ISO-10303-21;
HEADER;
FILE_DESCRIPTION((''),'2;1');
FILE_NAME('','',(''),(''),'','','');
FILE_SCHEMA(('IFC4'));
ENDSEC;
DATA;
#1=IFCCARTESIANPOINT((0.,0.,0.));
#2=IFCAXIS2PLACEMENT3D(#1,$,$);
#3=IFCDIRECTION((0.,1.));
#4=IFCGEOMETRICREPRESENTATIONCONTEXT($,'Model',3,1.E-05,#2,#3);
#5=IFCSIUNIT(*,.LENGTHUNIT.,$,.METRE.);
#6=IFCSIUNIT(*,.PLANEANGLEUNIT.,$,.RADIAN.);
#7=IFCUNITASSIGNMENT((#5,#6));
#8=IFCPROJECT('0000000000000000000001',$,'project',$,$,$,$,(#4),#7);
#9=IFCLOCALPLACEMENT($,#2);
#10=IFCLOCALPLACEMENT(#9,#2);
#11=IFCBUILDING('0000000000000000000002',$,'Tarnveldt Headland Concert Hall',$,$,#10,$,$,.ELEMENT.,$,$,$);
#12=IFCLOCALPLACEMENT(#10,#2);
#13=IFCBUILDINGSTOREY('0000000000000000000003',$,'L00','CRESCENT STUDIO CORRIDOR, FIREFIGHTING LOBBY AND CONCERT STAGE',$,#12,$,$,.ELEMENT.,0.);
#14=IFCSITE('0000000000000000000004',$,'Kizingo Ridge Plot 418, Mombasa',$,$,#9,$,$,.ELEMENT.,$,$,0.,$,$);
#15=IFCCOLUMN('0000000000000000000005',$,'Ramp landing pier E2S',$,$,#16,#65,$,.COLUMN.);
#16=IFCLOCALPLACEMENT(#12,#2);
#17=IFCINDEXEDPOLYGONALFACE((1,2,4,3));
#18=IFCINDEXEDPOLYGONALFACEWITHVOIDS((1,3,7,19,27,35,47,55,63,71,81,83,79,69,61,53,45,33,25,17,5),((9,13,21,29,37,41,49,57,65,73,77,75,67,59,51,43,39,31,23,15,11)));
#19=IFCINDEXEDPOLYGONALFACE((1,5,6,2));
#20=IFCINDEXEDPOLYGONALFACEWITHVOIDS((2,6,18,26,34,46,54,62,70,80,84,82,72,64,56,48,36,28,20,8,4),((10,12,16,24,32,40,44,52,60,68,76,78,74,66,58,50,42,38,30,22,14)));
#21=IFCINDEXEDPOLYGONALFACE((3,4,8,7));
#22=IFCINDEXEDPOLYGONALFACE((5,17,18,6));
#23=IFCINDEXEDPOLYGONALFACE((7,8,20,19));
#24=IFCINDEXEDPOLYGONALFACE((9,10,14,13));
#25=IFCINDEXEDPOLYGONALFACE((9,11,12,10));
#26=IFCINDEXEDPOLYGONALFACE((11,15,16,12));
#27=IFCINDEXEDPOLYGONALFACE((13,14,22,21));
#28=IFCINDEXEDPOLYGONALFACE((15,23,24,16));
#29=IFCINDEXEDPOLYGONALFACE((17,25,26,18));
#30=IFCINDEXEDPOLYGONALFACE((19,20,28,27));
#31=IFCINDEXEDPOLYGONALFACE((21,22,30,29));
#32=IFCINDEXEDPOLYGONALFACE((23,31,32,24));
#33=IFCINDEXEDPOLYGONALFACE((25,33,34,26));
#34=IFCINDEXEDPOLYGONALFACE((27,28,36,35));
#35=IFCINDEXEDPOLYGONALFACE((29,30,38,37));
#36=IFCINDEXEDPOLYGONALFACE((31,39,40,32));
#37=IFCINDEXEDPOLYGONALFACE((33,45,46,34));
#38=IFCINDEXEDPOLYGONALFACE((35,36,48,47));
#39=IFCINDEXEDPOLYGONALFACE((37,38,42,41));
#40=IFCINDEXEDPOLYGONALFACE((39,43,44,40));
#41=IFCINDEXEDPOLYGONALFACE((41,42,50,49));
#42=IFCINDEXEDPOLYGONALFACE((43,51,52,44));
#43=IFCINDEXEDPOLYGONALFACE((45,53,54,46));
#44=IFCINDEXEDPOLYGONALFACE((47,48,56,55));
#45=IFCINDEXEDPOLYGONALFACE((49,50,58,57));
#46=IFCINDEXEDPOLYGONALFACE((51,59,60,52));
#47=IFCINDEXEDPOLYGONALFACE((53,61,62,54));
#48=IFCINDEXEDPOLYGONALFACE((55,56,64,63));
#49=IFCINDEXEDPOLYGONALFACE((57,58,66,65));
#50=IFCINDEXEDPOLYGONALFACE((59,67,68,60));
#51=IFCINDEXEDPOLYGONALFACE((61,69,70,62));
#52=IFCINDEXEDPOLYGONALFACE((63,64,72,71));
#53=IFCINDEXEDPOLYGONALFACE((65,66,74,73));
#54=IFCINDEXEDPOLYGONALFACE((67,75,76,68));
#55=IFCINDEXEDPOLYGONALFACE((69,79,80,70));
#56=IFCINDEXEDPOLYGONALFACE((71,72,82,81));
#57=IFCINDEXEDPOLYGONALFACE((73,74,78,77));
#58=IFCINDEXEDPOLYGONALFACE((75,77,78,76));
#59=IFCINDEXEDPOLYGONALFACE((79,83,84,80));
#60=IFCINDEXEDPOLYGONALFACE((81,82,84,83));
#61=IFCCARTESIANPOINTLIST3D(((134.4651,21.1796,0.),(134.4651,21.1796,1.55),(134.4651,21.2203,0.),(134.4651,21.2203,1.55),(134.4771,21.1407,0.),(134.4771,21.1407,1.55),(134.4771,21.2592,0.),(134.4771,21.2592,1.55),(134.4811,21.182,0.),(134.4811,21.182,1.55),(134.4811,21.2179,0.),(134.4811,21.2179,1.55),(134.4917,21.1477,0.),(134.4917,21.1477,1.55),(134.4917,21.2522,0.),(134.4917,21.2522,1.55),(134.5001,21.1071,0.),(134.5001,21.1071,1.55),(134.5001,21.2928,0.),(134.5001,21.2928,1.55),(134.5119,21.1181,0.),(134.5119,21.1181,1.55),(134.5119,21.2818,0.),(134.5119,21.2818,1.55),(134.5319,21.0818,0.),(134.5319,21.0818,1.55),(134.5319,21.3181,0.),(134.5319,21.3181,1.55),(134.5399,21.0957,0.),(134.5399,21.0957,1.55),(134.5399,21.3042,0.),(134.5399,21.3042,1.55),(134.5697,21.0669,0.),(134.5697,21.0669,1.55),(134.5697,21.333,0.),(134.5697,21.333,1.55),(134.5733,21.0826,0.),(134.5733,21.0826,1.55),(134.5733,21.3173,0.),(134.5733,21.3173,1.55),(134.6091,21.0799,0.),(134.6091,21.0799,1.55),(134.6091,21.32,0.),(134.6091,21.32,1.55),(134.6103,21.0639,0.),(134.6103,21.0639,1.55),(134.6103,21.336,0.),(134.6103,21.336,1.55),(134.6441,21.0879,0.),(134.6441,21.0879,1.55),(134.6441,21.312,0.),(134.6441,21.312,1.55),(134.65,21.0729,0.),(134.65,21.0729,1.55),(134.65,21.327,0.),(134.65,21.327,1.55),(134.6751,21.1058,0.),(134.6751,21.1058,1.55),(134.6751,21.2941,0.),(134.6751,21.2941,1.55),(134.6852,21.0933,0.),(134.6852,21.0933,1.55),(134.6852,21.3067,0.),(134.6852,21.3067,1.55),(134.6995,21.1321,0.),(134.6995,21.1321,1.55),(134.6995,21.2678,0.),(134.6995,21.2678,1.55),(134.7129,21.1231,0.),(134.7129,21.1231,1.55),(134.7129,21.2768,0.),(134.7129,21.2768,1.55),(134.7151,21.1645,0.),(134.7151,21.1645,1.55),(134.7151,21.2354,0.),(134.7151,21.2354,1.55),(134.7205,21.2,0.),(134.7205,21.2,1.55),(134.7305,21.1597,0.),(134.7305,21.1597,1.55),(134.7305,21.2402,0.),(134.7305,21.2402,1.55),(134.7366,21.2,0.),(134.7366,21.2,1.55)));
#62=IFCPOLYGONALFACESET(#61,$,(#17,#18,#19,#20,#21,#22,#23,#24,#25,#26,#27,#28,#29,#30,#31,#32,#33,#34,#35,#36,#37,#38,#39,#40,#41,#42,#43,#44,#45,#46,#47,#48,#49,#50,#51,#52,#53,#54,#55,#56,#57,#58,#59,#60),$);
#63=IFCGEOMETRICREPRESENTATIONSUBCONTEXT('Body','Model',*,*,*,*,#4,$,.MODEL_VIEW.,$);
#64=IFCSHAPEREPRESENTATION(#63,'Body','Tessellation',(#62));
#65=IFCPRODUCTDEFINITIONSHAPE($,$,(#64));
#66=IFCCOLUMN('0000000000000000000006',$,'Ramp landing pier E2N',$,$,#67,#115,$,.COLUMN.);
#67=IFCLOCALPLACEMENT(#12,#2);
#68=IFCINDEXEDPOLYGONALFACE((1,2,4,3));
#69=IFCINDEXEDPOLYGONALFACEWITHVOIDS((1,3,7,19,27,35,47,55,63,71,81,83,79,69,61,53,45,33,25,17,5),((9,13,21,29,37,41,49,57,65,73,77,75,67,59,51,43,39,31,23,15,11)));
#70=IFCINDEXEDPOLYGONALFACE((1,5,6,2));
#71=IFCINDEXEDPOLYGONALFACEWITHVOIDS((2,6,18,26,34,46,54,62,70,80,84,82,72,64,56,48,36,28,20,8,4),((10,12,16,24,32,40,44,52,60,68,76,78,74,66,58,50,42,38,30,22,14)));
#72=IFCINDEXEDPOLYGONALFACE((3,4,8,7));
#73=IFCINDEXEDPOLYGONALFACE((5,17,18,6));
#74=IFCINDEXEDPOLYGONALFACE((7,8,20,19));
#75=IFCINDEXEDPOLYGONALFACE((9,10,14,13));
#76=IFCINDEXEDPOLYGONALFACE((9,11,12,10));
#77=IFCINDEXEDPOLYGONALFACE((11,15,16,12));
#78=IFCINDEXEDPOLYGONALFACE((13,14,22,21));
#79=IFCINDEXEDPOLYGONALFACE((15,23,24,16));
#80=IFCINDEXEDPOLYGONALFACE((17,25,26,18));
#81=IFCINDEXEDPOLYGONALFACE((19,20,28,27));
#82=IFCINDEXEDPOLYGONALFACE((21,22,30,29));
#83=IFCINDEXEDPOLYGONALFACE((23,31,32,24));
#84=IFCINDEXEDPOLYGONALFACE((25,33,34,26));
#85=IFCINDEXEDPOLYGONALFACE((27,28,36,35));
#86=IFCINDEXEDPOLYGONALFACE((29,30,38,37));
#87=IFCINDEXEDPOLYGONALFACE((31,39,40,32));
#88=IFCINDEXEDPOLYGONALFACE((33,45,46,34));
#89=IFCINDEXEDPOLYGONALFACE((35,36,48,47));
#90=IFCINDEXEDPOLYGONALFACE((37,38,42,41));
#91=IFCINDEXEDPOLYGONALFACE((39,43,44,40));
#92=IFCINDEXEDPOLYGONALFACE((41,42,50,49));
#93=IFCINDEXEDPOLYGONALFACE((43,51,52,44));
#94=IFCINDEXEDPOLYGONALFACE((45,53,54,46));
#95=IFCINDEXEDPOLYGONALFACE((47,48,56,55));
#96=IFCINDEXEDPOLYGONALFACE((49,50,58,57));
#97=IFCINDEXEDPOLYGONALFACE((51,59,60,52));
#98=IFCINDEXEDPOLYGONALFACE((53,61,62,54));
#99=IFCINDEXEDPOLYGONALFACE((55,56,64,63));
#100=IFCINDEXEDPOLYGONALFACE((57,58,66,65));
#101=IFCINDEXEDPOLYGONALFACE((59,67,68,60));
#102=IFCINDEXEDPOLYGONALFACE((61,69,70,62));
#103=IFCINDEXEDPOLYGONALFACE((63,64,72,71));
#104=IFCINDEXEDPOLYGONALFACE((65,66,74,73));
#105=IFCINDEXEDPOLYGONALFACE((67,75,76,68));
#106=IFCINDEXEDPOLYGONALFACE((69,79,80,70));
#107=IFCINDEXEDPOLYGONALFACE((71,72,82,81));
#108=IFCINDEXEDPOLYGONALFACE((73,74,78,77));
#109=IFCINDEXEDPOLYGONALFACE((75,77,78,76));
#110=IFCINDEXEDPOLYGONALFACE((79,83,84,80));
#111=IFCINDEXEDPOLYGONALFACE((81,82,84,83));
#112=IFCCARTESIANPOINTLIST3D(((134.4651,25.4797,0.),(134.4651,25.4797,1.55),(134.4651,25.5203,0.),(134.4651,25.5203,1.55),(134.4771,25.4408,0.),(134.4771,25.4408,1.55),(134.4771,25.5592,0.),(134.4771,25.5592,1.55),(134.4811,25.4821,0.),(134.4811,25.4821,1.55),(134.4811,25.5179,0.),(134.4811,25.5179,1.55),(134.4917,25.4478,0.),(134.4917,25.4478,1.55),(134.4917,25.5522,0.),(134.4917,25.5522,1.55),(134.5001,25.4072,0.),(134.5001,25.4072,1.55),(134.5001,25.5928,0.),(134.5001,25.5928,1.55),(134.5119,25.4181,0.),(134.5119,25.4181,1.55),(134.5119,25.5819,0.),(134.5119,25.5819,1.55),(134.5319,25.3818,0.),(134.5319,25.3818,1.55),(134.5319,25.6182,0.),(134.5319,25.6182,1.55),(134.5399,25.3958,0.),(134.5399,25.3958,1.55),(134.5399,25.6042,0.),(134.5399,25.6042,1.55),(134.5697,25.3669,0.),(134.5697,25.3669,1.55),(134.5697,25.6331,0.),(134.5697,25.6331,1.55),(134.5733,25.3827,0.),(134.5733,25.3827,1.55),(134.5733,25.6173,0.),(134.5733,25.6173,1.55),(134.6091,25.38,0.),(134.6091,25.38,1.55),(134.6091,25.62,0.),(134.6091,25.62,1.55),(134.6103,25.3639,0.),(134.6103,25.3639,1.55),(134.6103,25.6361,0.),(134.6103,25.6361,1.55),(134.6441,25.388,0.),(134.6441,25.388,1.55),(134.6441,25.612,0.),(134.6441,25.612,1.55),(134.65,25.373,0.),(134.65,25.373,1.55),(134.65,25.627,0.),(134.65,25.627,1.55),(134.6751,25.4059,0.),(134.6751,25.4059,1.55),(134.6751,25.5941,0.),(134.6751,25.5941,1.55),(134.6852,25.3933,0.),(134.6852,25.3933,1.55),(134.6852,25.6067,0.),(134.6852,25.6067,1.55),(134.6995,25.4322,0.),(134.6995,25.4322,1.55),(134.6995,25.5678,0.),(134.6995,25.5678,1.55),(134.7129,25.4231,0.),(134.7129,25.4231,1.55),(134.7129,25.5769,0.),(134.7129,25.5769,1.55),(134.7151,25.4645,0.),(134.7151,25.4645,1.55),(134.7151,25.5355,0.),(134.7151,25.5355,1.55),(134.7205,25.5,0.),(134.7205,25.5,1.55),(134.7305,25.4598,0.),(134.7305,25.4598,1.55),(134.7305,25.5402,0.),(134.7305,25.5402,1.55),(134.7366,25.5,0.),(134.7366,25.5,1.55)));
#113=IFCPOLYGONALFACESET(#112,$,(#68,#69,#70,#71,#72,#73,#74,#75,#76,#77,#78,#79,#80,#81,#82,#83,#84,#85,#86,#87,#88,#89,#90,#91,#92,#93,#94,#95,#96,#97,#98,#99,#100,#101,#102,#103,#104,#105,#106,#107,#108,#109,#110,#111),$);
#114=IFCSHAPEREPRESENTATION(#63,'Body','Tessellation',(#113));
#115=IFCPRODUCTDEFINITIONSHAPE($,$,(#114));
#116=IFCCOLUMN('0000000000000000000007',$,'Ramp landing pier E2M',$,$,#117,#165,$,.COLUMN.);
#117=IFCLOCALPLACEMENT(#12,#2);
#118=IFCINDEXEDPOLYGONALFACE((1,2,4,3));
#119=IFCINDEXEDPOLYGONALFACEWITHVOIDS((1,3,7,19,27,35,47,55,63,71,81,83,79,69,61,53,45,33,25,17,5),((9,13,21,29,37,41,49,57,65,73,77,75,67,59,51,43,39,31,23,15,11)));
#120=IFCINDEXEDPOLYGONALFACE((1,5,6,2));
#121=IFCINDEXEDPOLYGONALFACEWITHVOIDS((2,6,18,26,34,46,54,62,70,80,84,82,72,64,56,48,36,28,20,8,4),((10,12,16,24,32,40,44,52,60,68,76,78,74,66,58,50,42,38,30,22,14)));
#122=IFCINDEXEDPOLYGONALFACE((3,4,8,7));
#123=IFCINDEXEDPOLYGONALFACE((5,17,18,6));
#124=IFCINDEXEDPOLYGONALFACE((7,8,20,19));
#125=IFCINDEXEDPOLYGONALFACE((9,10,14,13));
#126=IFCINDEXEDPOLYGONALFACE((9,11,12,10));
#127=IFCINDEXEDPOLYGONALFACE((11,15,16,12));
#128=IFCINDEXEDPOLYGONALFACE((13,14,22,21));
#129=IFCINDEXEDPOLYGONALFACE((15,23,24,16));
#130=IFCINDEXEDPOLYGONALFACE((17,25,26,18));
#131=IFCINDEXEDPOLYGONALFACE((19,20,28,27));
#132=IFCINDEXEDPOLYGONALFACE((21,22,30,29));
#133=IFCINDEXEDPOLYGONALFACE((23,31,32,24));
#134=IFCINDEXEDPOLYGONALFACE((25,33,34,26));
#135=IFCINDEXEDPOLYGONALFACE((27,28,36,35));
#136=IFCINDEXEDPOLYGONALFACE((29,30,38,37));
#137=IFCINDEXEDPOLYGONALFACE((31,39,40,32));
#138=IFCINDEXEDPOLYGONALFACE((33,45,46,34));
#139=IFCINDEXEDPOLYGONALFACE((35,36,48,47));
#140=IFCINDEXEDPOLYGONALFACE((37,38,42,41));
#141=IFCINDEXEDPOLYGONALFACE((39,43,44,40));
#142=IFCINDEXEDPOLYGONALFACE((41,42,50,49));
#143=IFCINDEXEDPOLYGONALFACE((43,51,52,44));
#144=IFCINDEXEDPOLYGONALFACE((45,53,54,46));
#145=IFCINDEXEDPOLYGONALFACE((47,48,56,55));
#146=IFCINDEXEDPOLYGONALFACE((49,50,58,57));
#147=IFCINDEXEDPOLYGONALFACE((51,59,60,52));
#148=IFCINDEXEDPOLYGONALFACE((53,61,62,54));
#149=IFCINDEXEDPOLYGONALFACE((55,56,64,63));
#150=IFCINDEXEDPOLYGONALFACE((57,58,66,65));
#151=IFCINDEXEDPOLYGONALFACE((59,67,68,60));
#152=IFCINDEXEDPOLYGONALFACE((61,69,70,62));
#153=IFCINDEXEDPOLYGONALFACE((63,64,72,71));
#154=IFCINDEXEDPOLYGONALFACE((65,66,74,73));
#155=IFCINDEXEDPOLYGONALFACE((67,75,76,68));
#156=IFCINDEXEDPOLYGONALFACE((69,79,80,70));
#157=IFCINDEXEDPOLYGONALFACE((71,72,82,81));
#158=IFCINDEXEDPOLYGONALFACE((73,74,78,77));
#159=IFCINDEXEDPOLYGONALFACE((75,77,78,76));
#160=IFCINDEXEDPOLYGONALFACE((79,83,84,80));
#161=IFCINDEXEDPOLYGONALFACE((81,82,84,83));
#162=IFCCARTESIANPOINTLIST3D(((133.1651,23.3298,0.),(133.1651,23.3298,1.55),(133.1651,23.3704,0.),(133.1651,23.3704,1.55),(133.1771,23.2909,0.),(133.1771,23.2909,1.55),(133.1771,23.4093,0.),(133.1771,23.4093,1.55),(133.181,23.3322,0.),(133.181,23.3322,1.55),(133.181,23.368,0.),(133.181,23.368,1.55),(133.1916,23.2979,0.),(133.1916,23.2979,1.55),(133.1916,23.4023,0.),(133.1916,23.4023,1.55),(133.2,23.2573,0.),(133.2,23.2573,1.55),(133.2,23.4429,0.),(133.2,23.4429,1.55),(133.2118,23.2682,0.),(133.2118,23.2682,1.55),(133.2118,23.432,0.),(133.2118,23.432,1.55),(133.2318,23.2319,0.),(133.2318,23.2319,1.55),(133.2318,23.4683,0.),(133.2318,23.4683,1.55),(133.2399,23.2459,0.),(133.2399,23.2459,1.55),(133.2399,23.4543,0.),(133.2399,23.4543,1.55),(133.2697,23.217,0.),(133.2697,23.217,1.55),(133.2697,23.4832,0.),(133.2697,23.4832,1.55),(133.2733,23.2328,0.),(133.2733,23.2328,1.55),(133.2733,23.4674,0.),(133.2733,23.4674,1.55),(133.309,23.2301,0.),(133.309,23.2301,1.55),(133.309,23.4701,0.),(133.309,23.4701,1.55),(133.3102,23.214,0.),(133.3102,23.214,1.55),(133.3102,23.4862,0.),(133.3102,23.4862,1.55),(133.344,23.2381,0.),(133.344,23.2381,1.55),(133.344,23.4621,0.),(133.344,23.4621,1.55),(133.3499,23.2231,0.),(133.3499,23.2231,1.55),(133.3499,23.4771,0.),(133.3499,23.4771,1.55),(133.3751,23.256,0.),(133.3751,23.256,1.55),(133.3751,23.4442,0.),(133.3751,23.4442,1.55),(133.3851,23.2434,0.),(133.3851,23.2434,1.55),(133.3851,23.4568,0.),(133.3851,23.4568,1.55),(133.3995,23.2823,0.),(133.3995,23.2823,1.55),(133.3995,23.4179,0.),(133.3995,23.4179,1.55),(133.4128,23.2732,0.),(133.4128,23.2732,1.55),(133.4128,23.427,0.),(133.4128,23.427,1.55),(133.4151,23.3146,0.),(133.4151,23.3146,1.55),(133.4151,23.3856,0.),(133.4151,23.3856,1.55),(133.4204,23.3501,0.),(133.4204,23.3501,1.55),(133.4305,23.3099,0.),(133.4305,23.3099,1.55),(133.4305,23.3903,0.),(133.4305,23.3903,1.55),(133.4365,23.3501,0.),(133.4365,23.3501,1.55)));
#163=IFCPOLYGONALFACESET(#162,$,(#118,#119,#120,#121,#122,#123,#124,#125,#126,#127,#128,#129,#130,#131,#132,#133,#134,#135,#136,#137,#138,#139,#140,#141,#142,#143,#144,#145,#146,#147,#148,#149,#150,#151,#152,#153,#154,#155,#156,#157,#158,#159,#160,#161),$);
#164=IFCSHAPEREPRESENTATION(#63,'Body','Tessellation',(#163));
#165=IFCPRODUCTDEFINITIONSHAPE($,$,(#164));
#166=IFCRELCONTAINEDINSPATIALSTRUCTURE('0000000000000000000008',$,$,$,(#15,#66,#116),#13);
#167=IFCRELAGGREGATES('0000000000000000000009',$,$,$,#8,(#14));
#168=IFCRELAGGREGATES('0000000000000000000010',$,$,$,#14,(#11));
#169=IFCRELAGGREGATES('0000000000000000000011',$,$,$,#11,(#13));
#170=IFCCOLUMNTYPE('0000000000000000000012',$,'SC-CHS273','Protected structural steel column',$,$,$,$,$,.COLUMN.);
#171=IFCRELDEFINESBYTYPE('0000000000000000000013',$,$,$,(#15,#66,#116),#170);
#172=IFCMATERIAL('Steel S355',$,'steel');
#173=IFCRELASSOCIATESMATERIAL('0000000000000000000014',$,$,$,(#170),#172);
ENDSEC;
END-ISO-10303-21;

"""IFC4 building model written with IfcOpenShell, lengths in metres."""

from ifc_helpers import new_model, si_unit, direction, frame, origin, origin_2d, place, context, subcontext, project, spatial, hollow_circle, extrude, material, material_profile, profile_set, type_object, element, save


model = new_model("IFC4")

# Units and contexts
model_context = context("Model", 3, precision=1e-05, world=origin(), true_north=direction((0.0, 1.0)))
body_context = subcontext(model_context, "Body", "Model", "MODEL_VIEW")
ifc_project = project(units=[si_unit("LENGTHUNIT", "METRE"), si_unit("PLANEANGLEUNIT", "RADIAN")], contexts=[model_context])

# Site, building, storey
site_placement = place(None, origin())
site = spatial("IfcSite", under=ifc_project, at=site_placement, Name="Kizingo Ridge Plot 418, Mombasa", CompositionType="ELEMENT", RefElevation=0.0)
building_placement = place(site_placement, origin())
building = spatial("IfcBuilding", under=site, at=building_placement, Name="Tarnveldt Headland Concert Hall", CompositionType="ELEMENT")
storey_placement = place(building_placement, origin())
storey = spatial("IfcBuildingStorey", under=building, at=storey_placement, Name="L00", Description="CRESCENT STUDIO CORRIDOR, FIREFIGHTING LOBBY AND CONCERT STAGE", CompositionType="ELEMENT", Elevation=0.0)

# Columns
ifc_material_1 = material(Name="Steel S355", Category="steel")
ifc_material_profile_1 = material_profile(ifc_material_1, hollow_circle(Radius=0.1365, WallThickness=0.0161, at=origin_2d()), Name="CHS 273x16", Category="steel")
ifc_profile_set_1 = profile_set([ifc_material_profile_1], Name="Steel S355")
column_type_1 = type_object("IfcColumnType", Name="SC-CHS273", Description="Protected structural steel column", PredefinedType="COLUMN", material=ifc_profile_set_1)
for number, where, z_axis, x_axis, name in (
    (1, (134.6001, 21.2, 0.0), (0.0, 0.0, 1.0), (1.0, 0.0, 0.0), "Ramp landing pier E2S"),
    (2, (134.6001, 25.5, 0.0), (0.0, 0.0, 1.0), (1.0, 0.0, 0.0), "Ramp landing pier E2N"),
    (3, (133.3, 23.3501, 0.0), (0.0, 0.0, 1.0), (1.0, 0.0, 0.0), "Ramp landing pier E2M"),
):
    element("IfcColumn", number, at=place(storey_placement, frame(where, z_axis=z_axis, x_axis=x_axis)), inside=storey, type_object=column_type_1, Name=name, PredefinedType="COLUMN", context=body_context, shape_type="SweptSolid", body=[
        extrude(hollow_circle(Radius=0.1365, WallThickness=0.0161, at=origin_2d()), origin(), (0.0, 0.0, 1.0), 1.55),
    ])

save(model, "model.ifc")
